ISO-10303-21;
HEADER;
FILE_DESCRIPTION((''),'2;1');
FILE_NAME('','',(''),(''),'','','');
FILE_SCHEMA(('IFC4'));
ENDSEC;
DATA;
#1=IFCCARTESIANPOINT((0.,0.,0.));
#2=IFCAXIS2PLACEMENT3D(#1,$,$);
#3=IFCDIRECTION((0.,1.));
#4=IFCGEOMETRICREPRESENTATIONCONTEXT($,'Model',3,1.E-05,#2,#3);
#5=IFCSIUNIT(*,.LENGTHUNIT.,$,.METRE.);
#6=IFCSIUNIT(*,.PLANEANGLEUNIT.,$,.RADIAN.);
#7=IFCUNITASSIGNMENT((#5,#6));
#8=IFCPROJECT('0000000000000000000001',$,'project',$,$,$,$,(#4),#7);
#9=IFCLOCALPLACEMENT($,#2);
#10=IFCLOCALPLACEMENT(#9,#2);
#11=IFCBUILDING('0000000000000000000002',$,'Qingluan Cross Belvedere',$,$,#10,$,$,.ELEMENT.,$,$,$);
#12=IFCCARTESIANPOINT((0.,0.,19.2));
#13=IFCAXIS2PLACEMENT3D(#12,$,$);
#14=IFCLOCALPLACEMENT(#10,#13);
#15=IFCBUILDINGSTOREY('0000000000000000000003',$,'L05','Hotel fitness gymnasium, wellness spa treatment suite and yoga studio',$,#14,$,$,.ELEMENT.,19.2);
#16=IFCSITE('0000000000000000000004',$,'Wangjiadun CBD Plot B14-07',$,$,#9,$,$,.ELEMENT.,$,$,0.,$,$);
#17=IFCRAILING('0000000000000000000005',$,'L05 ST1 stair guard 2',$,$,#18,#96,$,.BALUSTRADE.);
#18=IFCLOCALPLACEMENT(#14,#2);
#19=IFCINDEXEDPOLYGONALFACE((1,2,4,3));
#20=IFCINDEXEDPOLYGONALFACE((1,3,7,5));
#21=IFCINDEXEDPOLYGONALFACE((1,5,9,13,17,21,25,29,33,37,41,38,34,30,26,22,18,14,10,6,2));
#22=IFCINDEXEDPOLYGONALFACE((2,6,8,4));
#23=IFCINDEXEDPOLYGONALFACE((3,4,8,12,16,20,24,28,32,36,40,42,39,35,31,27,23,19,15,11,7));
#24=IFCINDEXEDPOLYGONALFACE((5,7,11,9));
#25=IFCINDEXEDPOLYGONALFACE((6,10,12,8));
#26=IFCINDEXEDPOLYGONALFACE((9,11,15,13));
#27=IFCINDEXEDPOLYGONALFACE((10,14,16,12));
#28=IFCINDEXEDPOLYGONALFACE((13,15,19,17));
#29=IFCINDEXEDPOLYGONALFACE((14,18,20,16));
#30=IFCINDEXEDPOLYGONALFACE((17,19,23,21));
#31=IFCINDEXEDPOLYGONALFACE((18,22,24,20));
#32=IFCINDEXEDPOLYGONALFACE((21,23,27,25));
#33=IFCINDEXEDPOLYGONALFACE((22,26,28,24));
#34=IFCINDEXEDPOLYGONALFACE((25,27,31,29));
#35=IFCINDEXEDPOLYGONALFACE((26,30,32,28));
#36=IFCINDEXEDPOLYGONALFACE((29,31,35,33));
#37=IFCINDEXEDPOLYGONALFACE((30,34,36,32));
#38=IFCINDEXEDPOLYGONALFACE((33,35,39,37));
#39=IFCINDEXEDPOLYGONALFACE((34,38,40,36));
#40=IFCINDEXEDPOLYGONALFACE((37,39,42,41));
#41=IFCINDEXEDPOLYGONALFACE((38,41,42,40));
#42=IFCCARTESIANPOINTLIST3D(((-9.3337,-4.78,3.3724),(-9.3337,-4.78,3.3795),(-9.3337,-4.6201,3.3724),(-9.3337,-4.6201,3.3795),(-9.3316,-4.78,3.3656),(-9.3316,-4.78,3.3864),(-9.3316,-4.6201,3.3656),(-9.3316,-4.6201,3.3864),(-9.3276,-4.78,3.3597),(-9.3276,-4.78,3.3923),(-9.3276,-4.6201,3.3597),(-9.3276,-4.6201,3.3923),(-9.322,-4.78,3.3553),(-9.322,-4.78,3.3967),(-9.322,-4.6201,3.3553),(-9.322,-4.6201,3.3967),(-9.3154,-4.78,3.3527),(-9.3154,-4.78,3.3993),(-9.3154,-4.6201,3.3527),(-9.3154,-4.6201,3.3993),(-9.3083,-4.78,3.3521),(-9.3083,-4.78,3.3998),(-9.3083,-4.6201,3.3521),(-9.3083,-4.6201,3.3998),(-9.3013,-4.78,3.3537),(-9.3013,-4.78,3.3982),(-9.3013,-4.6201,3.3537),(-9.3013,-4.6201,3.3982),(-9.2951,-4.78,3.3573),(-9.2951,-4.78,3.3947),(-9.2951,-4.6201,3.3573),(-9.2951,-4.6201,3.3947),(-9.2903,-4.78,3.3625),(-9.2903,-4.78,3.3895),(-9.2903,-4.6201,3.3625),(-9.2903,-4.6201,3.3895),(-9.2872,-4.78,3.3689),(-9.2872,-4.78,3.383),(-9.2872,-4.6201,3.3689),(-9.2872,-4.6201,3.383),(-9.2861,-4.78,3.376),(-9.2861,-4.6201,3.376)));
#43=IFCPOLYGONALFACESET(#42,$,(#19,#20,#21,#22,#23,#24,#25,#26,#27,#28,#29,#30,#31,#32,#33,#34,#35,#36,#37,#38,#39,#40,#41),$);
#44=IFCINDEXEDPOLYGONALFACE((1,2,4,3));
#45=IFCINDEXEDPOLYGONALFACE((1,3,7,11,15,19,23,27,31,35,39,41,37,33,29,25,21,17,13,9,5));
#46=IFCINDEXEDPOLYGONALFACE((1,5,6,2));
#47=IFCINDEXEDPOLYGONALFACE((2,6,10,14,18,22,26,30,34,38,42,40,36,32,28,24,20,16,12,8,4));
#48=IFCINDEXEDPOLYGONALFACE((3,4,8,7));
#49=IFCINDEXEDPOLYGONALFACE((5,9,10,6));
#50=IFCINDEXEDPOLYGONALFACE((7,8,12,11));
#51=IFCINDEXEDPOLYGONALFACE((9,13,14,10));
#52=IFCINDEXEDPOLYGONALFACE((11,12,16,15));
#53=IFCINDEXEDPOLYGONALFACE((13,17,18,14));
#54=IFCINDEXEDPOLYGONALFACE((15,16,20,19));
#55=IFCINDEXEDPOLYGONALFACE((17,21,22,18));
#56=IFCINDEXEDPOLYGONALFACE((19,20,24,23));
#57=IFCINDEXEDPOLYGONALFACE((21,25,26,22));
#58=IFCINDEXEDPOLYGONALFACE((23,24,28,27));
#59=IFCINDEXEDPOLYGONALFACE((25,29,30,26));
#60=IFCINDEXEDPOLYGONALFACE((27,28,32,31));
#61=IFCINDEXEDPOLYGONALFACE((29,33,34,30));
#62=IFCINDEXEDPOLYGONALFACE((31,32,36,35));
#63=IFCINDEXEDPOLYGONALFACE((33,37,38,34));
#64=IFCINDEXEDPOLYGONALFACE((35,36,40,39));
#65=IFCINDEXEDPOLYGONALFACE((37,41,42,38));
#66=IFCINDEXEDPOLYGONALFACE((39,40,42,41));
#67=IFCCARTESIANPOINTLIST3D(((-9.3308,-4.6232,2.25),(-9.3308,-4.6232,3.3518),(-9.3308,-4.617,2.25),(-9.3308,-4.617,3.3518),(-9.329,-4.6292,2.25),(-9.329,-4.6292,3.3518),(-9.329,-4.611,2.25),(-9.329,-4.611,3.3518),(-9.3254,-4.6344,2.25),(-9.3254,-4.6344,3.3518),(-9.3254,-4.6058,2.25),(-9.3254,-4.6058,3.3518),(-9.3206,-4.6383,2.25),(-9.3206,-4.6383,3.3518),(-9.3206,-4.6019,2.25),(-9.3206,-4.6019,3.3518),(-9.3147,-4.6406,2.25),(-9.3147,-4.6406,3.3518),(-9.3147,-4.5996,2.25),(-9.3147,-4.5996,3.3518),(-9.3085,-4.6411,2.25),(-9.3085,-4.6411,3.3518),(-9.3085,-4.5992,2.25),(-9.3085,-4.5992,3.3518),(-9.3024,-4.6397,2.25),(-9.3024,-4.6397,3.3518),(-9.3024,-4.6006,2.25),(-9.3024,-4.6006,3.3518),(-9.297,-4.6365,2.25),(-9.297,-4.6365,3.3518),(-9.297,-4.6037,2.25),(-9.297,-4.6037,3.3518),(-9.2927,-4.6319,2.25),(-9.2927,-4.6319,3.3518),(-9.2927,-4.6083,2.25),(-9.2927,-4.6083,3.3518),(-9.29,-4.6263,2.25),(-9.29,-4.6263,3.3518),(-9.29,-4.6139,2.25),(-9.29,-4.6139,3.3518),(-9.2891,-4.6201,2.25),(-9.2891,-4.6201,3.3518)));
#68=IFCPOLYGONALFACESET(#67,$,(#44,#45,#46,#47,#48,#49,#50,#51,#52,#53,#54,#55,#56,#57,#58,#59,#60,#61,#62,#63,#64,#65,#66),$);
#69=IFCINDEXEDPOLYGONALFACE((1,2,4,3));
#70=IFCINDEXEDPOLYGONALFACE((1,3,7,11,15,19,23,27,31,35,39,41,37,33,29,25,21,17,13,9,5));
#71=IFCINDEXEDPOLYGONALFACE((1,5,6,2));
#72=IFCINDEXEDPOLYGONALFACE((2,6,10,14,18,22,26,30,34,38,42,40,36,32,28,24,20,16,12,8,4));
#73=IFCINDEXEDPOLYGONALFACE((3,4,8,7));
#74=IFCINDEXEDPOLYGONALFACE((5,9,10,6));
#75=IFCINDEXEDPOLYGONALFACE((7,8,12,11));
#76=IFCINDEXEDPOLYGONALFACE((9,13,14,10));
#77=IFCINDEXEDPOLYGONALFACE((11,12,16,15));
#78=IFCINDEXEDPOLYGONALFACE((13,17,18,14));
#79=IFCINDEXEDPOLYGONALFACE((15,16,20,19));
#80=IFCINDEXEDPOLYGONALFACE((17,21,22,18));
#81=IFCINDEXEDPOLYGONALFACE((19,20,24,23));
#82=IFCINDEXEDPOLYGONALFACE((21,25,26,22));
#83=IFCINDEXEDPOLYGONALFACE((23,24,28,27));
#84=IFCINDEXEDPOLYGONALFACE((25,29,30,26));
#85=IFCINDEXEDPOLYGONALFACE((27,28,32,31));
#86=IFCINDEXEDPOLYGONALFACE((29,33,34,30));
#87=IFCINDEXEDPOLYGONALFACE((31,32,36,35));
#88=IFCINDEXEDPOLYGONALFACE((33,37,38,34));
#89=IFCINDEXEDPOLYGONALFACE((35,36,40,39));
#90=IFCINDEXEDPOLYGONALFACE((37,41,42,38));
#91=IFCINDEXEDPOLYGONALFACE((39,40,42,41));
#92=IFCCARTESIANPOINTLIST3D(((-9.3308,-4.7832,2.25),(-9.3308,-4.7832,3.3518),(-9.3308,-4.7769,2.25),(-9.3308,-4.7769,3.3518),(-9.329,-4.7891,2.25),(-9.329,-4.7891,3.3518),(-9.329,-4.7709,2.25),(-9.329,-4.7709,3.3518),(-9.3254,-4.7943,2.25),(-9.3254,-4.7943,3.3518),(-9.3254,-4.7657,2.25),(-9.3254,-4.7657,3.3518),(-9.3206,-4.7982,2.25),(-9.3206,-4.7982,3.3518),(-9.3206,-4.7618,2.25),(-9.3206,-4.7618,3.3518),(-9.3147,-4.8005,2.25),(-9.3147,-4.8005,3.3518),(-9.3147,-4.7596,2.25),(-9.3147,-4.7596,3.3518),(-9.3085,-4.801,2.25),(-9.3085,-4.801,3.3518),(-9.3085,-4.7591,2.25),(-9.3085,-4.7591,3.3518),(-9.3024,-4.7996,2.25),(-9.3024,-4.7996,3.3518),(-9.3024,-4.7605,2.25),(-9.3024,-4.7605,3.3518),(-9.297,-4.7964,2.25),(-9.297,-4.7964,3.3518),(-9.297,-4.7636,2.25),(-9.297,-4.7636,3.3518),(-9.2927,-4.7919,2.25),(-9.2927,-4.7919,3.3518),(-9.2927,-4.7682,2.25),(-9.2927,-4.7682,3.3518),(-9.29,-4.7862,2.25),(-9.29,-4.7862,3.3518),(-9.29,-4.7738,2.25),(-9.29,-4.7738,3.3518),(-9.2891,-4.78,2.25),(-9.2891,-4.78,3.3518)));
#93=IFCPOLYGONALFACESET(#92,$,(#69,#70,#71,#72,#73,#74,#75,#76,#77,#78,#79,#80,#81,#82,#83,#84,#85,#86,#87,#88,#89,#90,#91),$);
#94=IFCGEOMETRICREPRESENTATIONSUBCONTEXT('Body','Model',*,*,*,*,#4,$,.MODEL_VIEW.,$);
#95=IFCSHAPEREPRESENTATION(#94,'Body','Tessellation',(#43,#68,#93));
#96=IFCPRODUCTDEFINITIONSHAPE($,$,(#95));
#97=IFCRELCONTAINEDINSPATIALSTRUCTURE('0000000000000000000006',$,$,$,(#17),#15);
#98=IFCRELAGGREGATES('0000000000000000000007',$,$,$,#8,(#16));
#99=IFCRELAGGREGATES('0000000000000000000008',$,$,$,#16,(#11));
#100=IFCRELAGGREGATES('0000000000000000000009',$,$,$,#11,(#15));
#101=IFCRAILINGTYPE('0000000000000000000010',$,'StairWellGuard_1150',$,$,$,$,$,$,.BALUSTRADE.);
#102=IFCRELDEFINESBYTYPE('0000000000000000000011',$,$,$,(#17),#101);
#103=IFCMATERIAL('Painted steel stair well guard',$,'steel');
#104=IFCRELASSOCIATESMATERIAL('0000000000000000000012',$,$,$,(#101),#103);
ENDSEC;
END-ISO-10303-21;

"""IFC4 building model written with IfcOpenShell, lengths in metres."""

from ifc_helpers import new_model, si_unit, direction, frame, origin, origin_2d, place, context, subcontext, project, spatial, circle, extrude, material, type_object, element, save


model = new_model("IFC4")

# Units and contexts
model_context = context("Model", 3, precision=1e-05, world=origin(), true_north=direction((0.0, 1.0)))
body_context = subcontext(model_context, "Body", "Model", "MODEL_VIEW")
ifc_project = project(units=[si_unit("LENGTHUNIT", "METRE"), si_unit("PLANEANGLEUNIT", "RADIAN")], contexts=[model_context])

# Site, building, storey
site_placement = place(None, origin())
site = spatial("IfcSite", under=ifc_project, at=site_placement, Name="Wangjiadun CBD Plot B14-07", CompositionType="ELEMENT", RefElevation=0.0)
building_placement = place(site_placement, origin())
building = spatial("IfcBuilding", under=site, at=building_placement, Name="Qingluan Cross Belvedere", CompositionType="ELEMENT")
storey_placement = place(building_placement, frame((0.0, 0.0, 19.2)))
storey = spatial("IfcBuildingStorey", under=building, at=storey_placement, Name="L05", Description="Hotel fitness gymnasium, wellness spa treatment suite and yoga studio", CompositionType="ELEMENT", Elevation=19.2)

# Railing
ifc_material_1 = material(Name="Painted steel stair well guard", Category="steel")
railing_type_1 = type_object("IfcRailingType", Name="StairWellGuard_1150", PredefinedType="BALUSTRADE", material=ifc_material_1)
railing_1_placement = place(storey_placement, frame((-9.3101, -4.6201, 2.25)))
element("IfcRailing", 1, at=railing_1_placement, inside=storey, type_object=railing_type_1, Name="L05 ST1 stair guard 2", PredefinedType="BALUSTRADE", context=body_context, shape_type="SweptSolid", body=[
    extrude(circle(Radius=0.0239, at=origin_2d()), frame((0.0, 0.0, 1.126), z_axis=(0.0, -1.0, 0.0), x_axis=(1.0, 0.0, 0.0)), (0.0, 0.0, 1.0), 0.1599),
    extrude(circle(Radius=0.021, at=origin_2d()), origin(), (0.0, 0.0, 1.0), 1.1018),
    extrude(circle(Radius=0.021, at=origin_2d()), frame((0.0, -0.1599, 0.0)), (0.0, 0.0, 1.0), 1.1018),
])

save(model, "model.ifc")
